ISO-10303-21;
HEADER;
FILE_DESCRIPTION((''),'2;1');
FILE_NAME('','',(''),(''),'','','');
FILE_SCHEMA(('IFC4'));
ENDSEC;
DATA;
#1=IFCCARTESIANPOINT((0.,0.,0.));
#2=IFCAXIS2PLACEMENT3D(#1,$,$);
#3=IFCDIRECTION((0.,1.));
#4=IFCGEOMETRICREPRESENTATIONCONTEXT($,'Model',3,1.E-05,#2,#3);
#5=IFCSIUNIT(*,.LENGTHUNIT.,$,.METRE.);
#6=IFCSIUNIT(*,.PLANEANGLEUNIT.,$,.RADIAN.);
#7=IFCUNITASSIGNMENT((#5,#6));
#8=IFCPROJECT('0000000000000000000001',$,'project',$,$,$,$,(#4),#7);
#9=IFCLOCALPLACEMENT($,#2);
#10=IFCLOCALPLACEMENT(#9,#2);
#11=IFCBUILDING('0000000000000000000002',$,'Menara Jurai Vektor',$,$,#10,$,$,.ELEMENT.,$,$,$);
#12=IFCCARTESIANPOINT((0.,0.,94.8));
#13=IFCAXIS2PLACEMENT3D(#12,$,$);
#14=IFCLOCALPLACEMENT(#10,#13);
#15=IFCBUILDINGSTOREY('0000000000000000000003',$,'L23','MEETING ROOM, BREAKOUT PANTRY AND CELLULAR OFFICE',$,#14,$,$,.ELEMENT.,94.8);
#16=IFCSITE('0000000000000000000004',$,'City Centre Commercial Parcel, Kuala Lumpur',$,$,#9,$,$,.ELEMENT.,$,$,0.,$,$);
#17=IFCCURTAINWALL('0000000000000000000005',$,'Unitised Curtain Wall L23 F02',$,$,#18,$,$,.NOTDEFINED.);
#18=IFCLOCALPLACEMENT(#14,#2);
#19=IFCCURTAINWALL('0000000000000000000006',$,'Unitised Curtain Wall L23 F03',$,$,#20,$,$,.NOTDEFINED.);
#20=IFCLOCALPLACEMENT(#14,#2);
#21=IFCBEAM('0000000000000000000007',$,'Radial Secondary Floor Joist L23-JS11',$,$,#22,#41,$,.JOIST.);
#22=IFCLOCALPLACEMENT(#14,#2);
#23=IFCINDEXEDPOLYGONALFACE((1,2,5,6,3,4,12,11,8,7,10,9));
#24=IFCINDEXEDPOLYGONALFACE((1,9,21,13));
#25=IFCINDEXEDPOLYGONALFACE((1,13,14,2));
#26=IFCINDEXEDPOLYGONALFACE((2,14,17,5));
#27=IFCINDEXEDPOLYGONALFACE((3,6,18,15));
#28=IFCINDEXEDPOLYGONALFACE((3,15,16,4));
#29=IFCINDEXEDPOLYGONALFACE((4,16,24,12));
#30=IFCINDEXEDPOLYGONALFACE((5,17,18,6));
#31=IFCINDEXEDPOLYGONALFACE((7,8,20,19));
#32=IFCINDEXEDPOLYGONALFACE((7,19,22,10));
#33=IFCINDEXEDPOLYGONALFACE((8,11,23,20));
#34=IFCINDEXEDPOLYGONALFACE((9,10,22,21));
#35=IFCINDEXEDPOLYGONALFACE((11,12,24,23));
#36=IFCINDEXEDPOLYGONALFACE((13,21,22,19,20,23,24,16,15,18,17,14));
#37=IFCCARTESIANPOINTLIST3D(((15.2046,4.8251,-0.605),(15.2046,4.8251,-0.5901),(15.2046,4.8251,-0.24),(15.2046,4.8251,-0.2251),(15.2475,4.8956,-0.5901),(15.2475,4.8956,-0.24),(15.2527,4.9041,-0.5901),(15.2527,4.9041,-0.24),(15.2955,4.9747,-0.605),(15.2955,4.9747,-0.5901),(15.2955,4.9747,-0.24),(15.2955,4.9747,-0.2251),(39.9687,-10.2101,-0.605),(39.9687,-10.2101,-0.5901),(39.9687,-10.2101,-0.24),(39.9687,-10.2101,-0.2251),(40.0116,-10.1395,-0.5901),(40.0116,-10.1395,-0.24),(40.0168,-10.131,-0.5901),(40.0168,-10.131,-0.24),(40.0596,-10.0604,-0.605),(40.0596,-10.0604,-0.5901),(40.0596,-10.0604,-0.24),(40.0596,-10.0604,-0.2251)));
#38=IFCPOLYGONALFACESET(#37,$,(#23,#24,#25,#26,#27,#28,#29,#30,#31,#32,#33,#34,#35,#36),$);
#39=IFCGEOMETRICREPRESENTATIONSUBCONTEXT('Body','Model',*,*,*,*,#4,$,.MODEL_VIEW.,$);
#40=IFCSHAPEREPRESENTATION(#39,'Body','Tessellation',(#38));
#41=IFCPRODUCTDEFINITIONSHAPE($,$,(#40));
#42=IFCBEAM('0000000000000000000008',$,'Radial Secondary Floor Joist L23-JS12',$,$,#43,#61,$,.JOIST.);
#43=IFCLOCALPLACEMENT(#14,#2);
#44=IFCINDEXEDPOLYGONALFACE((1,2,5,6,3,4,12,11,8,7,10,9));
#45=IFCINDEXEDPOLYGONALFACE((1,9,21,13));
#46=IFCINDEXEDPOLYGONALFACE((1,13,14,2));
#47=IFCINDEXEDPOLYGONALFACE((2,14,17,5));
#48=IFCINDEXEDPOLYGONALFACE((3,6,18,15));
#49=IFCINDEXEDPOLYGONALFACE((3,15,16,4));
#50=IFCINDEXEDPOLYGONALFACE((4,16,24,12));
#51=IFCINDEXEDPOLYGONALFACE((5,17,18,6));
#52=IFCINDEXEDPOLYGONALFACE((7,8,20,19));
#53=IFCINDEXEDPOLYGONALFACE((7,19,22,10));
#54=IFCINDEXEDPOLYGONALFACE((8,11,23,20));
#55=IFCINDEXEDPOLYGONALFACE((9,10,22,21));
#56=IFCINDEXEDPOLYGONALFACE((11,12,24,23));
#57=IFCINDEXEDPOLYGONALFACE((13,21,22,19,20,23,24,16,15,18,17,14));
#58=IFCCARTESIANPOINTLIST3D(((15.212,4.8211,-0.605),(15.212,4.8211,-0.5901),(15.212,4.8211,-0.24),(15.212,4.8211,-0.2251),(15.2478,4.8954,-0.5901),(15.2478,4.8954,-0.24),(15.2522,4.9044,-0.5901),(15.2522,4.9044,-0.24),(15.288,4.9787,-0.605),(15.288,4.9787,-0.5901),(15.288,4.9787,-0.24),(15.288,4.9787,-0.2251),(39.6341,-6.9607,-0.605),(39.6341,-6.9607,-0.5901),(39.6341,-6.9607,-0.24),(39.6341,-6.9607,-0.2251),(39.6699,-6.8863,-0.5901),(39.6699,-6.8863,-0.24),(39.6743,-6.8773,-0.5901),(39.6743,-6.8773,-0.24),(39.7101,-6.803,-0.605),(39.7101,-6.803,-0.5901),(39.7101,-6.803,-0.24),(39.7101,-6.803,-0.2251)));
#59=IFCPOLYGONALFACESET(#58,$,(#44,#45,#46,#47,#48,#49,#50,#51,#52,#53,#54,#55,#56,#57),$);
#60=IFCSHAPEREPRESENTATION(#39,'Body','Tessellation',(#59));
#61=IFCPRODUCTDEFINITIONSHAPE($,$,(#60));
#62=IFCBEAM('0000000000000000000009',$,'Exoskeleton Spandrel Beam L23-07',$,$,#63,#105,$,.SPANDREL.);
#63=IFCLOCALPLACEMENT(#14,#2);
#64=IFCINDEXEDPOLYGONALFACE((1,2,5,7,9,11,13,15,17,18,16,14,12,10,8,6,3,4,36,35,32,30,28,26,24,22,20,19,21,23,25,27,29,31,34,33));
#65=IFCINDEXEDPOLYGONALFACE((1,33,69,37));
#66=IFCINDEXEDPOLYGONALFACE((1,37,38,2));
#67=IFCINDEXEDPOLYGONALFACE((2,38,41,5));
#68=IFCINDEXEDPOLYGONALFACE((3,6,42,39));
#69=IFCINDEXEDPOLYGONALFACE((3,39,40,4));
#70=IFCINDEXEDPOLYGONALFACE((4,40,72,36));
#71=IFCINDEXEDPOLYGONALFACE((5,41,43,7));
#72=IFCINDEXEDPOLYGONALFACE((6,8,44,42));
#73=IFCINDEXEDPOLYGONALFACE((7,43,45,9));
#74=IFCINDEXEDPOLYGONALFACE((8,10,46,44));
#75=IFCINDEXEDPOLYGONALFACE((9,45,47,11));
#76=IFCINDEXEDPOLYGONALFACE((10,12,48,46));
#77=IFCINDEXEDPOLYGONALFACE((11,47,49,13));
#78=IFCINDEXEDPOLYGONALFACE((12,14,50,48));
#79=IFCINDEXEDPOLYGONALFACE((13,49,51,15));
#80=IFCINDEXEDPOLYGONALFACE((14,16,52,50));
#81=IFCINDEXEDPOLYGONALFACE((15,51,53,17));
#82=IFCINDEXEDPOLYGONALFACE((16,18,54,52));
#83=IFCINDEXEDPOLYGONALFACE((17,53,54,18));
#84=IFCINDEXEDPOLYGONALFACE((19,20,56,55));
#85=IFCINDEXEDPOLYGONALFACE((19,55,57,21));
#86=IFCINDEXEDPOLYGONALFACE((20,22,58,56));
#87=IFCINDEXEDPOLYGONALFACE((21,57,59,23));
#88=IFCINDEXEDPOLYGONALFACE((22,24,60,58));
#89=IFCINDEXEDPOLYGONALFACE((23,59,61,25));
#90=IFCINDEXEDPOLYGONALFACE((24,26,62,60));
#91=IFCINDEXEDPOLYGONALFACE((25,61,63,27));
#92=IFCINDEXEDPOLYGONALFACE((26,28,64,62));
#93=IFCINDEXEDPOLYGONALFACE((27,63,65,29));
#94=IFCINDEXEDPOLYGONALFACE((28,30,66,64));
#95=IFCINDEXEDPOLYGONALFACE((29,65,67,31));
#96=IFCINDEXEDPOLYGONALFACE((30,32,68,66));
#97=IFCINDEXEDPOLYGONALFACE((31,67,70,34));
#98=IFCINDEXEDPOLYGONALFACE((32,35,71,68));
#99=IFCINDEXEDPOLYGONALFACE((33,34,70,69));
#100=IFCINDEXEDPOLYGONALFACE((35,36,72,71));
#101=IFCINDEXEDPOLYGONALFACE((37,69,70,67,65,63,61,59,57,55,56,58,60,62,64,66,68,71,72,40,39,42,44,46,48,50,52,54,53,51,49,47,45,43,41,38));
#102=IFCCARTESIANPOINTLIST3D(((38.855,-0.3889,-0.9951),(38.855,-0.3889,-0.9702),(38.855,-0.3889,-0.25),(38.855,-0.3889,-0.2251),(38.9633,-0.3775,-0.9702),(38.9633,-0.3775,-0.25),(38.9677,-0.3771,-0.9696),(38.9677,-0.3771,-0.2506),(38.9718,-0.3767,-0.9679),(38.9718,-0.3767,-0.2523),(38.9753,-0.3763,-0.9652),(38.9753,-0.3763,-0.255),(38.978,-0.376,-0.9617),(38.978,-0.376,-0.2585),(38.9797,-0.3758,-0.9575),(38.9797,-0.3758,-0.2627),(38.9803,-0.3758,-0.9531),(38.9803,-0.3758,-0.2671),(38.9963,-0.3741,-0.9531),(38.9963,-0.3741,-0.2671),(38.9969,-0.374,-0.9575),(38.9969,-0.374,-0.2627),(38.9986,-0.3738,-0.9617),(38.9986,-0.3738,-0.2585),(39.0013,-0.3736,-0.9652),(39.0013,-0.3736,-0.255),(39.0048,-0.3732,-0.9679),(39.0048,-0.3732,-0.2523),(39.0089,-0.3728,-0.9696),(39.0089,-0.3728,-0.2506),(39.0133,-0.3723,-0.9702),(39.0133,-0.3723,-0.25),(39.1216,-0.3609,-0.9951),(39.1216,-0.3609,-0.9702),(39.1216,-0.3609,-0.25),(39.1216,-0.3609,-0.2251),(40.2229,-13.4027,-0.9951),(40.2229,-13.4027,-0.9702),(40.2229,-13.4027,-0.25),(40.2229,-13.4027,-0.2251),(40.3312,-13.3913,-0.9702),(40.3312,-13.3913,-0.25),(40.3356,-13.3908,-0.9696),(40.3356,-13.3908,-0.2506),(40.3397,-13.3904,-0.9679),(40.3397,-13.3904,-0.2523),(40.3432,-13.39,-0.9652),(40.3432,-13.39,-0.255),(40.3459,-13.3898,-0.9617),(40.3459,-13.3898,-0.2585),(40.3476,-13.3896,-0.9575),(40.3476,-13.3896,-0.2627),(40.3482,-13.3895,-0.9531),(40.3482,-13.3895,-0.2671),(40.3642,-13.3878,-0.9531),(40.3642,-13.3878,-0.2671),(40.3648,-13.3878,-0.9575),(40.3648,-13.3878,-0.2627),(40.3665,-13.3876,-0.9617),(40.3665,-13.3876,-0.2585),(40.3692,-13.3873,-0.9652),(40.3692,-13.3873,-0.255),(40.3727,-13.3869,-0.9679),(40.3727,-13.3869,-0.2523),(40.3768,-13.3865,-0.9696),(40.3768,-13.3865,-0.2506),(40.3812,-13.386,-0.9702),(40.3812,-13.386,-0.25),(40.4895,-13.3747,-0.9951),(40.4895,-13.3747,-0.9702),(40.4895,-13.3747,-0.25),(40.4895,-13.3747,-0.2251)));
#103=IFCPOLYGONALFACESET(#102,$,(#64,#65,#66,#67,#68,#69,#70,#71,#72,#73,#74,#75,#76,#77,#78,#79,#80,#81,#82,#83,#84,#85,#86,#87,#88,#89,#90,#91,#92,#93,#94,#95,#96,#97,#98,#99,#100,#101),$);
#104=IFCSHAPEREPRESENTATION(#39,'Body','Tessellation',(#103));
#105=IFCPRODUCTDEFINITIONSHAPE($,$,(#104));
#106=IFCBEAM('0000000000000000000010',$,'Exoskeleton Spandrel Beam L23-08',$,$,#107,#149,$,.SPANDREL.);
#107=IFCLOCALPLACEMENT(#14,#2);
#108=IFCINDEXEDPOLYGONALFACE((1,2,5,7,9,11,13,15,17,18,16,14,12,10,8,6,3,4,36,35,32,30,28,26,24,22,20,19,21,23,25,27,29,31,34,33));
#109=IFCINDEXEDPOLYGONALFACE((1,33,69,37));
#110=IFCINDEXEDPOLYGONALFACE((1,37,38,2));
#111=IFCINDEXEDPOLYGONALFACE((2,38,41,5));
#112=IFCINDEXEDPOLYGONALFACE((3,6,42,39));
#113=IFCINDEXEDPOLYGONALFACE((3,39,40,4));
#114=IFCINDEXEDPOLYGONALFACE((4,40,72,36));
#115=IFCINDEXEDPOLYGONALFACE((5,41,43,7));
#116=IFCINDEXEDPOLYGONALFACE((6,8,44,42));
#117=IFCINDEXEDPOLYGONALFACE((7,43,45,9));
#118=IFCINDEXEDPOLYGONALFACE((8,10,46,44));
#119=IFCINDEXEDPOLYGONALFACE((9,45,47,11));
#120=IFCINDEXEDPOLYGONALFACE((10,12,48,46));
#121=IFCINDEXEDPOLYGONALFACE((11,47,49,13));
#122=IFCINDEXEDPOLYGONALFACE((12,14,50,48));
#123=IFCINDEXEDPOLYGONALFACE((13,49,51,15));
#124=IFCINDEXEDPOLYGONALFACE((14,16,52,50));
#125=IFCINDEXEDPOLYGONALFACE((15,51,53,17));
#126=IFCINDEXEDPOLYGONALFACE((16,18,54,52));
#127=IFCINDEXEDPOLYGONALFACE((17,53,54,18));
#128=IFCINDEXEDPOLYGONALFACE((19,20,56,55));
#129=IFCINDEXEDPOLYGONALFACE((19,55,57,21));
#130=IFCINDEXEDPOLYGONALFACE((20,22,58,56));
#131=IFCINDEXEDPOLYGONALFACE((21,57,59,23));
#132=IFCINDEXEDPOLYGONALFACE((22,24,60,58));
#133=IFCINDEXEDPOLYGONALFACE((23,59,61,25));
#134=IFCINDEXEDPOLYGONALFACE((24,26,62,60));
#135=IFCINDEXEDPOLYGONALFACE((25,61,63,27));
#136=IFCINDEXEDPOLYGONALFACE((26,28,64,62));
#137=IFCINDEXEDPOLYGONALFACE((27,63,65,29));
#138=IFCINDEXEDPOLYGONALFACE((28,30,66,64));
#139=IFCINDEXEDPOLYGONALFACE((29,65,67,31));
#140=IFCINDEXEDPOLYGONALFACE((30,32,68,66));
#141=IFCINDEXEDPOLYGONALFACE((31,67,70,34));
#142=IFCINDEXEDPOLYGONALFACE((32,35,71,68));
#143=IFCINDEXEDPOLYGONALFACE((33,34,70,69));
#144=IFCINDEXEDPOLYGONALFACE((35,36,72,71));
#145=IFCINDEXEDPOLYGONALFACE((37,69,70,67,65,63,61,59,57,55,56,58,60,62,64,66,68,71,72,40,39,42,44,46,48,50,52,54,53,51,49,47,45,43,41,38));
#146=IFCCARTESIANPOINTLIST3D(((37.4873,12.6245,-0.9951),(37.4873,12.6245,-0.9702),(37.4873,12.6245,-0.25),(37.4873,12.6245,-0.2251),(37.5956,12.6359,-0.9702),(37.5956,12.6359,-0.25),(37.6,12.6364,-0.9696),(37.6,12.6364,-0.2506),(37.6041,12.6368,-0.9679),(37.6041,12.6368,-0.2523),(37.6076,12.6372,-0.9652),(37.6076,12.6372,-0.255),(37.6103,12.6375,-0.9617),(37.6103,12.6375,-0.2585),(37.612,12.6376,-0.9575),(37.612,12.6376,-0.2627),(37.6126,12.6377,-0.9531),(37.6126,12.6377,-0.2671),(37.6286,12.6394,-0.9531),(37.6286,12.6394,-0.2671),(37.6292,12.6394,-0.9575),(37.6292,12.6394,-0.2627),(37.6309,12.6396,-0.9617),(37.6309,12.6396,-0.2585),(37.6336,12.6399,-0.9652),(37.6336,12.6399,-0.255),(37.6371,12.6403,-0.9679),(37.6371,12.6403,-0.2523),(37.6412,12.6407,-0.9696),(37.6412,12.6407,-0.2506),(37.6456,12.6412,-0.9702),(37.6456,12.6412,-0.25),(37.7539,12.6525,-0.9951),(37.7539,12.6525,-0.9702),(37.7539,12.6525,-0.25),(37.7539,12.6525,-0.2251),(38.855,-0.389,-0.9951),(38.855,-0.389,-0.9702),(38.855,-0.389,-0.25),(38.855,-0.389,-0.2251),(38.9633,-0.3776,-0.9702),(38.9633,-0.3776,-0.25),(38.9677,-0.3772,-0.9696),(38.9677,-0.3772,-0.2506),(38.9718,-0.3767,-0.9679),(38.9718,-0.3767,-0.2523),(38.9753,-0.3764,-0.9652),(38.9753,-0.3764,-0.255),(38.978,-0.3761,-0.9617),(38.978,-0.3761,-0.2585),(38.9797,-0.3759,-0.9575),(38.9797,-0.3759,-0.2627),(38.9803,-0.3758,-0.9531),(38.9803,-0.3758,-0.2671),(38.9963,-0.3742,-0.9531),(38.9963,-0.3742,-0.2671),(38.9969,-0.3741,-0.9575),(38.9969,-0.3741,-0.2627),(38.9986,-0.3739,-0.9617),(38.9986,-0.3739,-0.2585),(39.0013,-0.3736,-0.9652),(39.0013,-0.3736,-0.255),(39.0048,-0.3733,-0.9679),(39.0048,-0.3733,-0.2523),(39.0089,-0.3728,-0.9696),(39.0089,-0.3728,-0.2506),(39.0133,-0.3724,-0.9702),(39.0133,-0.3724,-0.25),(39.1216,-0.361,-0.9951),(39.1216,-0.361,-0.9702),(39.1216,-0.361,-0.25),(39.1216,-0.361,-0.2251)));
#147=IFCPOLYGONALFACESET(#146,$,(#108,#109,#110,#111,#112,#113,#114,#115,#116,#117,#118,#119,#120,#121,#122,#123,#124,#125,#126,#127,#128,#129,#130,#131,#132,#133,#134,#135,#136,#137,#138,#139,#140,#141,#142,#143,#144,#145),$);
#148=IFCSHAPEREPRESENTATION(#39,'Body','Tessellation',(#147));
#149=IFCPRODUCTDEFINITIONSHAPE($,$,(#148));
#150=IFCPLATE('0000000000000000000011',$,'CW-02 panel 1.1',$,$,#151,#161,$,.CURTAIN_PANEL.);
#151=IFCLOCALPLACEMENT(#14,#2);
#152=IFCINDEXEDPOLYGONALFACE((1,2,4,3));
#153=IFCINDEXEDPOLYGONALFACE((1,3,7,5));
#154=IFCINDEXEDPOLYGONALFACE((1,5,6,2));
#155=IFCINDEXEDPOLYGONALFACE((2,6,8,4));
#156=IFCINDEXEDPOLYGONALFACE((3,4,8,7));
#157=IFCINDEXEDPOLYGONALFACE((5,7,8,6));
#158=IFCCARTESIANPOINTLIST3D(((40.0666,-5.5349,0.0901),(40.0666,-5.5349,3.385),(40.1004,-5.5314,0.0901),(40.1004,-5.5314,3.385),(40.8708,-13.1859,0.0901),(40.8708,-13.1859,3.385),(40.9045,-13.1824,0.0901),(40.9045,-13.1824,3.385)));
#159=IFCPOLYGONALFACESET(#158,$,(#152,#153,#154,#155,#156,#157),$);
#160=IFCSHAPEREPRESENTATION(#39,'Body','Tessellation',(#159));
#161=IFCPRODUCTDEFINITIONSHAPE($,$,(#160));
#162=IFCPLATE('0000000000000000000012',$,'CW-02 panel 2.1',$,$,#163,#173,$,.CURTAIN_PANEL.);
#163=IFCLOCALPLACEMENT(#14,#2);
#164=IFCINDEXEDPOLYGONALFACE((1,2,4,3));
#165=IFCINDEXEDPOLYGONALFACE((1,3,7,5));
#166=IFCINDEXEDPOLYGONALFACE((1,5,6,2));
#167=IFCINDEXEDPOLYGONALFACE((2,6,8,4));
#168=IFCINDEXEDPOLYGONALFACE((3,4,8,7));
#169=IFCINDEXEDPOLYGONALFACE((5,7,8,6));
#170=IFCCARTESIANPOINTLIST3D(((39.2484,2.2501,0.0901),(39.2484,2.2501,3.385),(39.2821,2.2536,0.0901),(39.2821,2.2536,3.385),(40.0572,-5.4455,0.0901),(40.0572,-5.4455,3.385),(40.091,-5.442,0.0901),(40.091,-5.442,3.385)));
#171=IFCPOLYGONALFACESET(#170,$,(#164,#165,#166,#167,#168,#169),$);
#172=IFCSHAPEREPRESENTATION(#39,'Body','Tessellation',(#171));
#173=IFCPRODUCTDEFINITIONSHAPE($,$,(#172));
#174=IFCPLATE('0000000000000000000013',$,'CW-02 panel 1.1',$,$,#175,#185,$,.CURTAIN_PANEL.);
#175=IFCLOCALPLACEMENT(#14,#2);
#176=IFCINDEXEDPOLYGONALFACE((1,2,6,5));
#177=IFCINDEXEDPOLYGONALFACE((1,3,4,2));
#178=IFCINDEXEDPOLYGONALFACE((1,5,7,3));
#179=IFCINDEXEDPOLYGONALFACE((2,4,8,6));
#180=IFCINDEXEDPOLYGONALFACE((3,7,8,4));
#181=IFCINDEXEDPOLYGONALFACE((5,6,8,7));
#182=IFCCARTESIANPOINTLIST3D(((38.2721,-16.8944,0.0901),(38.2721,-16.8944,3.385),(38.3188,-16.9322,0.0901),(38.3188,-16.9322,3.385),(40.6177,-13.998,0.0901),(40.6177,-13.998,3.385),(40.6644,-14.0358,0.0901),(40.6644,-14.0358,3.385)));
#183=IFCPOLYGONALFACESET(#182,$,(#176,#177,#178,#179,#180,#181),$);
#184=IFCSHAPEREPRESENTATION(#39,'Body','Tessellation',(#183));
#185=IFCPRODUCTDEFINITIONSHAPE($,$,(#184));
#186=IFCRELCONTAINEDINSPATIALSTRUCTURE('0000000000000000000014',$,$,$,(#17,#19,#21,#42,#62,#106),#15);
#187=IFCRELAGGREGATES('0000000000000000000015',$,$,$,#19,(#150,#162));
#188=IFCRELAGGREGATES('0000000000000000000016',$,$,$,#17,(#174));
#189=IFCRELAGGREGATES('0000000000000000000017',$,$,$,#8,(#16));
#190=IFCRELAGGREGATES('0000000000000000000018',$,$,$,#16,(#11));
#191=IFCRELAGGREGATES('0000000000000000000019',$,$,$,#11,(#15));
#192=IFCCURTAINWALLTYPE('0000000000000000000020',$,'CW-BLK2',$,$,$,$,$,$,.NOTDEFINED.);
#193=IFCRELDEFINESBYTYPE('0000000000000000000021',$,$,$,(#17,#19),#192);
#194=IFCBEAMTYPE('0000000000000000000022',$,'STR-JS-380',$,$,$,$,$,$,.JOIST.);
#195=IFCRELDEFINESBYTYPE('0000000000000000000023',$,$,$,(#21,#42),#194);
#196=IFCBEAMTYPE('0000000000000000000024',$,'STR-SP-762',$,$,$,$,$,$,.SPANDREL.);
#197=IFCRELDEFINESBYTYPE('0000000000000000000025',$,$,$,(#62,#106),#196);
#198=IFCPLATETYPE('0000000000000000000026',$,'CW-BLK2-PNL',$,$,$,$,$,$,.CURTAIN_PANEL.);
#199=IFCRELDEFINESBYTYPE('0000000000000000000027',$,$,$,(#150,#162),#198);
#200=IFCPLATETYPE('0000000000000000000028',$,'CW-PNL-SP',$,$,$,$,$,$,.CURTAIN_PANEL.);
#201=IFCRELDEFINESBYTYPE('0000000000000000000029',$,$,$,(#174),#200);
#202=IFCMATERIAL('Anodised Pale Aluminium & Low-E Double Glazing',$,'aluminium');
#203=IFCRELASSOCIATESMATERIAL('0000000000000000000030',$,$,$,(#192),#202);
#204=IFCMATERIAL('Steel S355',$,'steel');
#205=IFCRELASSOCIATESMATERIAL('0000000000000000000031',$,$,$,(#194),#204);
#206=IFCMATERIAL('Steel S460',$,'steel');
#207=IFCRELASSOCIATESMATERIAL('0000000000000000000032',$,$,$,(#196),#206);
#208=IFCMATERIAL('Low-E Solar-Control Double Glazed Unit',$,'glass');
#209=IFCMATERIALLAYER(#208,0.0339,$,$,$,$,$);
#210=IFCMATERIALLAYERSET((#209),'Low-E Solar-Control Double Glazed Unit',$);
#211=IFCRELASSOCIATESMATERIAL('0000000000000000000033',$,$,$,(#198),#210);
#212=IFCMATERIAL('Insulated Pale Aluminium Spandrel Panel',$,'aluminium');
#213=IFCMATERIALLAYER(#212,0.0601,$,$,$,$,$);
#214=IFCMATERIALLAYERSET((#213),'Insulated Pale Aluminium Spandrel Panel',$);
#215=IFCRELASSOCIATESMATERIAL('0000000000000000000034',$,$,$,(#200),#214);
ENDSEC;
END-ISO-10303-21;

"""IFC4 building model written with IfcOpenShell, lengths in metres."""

from ifc_helpers import new_model, si_unit, direction, frame, origin, origin_2d, place, context, subcontext, project, spatial, rectangle, i_section, extrude, material, layer, layer_set, material_profile, profile_set, type_object, element, aggregate, save


model = new_model("IFC4")

# Units and contexts
model_context = context("Model", 3, precision=1e-05, world=origin(), true_north=direction((0.0, 1.0)))
body_context = subcontext(model_context, "Body", "Model", "MODEL_VIEW")
ifc_project = project(units=[si_unit("LENGTHUNIT", "METRE"), si_unit("PLANEANGLEUNIT", "RADIAN")], contexts=[model_context])

# Site, building, storey
site_placement = place(None, origin())
site = spatial("IfcSite", under=ifc_project, at=site_placement, Name="City Centre Commercial Parcel, Kuala Lumpur", CompositionType="ELEMENT", RefElevation=0.0)
building_placement = place(site_placement, origin())
building = spatial("IfcBuilding", under=site, at=building_placement, Name="Menara Jurai Vektor", CompositionType="ELEMENT")
storey_placement = place(building_placement, frame((0.0, 0.0, 94.8)))
storey = spatial("IfcBuildingStorey", under=building, at=storey_placement, Name="L23", Description="MEETING ROOM, BREAKOUT PANTRY AND CELLULAR OFFICE", CompositionType="ELEMENT", Elevation=94.8)

# Shared definitions
ifc_material_1 = material(Name="Steel S460", Category="steel")

# Curtain walls
ifc_material_2 = material(Name="Anodised Pale Aluminium & Low-E Double Glazing", Category="aluminium")
curtain_wall_type = type_object("IfcCurtainWallType", Name="CW-BLK2", PredefinedType="NOTDEFINED", material=ifc_material_2)
curtain_wall_1_placement = place(storey_placement, origin())
curtain_wall_1 = element("IfcCurtainWall", 1, at=curtain_wall_1_placement, inside=storey, type_object=curtain_wall_type, Name="Unitised Curtain Wall L23 F02", PredefinedType="NOTDEFINED")
curtain_wall_2_placement = place(storey_placement, origin())
curtain_wall_2 = element("IfcCurtainWall", 2, at=curtain_wall_2_placement, inside=storey, type_object=curtain_wall_type, Name="Unitised Curtain Wall L23 F03", PredefinedType="NOTDEFINED")

# Shared definitions
ifc_material_3 = material(Name="Steel S355", Category="steel")

# Beams
ifc_material_profile_1 = material_profile(ifc_material_3, i_section(OverallWidth=0.175, OverallDepth=0.3799, WebThickness=0.01, FlangeThickness=0.0149, at=origin_2d()), Name="PG 380x175x58")
ifc_profile_set_1 = profile_set([ifc_material_profile_1], Name="Steel S355")
beam_type_1 = type_object("IfcBeamType", Name="STR-JS-380", PredefinedType="JOIST", material=ifc_profile_set_1)
beam_1_placement = place(storey_placement, frame((40.0142, -10.1353, -0.415), z_axis=(-0.854791, 0.518972, 0.0), x_axis=(-0.518972, -0.854791, 0.0)))
element("IfcBeam", 3, at=beam_1_placement, inside=storey, type_object=beam_type_1, Name="Radial Secondary Floor Joist L23-JS11", PredefinedType="JOIST", context=body_context, shape_type="SweptSolid", body=[
    extrude(i_section(OverallWidth=0.175, OverallDepth=0.3799, WebThickness=0.01, FlangeThickness=0.0149, at=origin_2d()), origin(), (0.0, 0.0, 1.0), 28.9709),
])
beam_2_placement = place(storey_placement, frame((39.6721, -6.8818, -0.415), z_axis=(-0.900671, 0.434502, 0.0), x_axis=(-0.434502, -0.900671, 0.0)))
element("IfcBeam", 4, at=beam_2_placement, inside=storey, type_object=beam_type_1, Name="Radial Secondary Floor Joist L23-JS12", PredefinedType="JOIST", context=body_context, shape_type="SweptSolid", body=[
    extrude(i_section(OverallWidth=0.175, OverallDepth=0.3799, WebThickness=0.01, FlangeThickness=0.0149, at=origin_2d()), origin(), (0.0, 0.0, 1.0), 27.1155),
])
ifc_material_profile_2 = material_profile(ifc_material_1, i_section(OverallWidth=0.2681, OverallDepth=0.77, WebThickness=0.0161, FlangeThickness=0.0249, FilletRadius=0.0171, at=origin_2d()), Name="UKB 762x267x197")
ifc_profile_set_2 = profile_set([ifc_material_profile_2], Name="Steel S460")
beam_type_2 = type_object("IfcBeamType", Name="STR-SP-762", PredefinedType="SPANDREL", material=ifc_profile_set_2)
beam_3_placement = place(storey_placement, frame((40.3562, -13.3887, -0.6101), z_axis=(-0.104538, 0.994521, 0.0), x_axis=(-0.994521, -0.104538, 0.0)))
element("IfcBeam", 5, at=beam_3_placement, inside=storey, type_object=beam_type_2, Name="Exoskeleton Spandrel Beam L23-07", PredefinedType="SPANDREL", context=body_context, shape_type="SweptSolid", body=[
    extrude(i_section(OverallWidth=0.2681, OverallDepth=0.77, WebThickness=0.0161, FlangeThickness=0.0249, FilletRadius=0.0171, at=origin_2d()), origin(), (0.0, 0.0, 1.0), 13.0854),
])
beam_4_placement = place(storey_placement, frame((38.9883, -0.375, -0.6101), z_axis=(-0.104522, 0.994523, 0.0), x_axis=(-0.994523, -0.104522, 0.0)))
element("IfcBeam", 6, at=beam_4_placement, inside=storey, type_object=beam_type_2, Name="Exoskeleton Spandrel Beam L23-08", PredefinedType="SPANDREL", context=body_context, shape_type="SweptSolid", body=[
    extrude(i_section(OverallWidth=0.2681, OverallDepth=0.77, WebThickness=0.0161, FlangeThickness=0.0249, FilletRadius=0.0171, at=origin_2d()), origin(), (0.0, 0.0, 1.0), 13.0852),
])

# Plates
ifc_material_4 = material(Name="Low-E Solar-Control Double Glazed Unit", Category="glass")
ifc_layer_1 = layer(ifc_material_4, 0.0339)
ifc_layer_set_1 = layer_set([ifc_layer_1], Name="Low-E Solar-Control Double Glazed Unit")
plate_type_1 = type_object("IfcPlateType", Name="CW-BLK2-PNL", PredefinedType="CURTAIN_PANEL", material=ifc_layer_set_1)
plate_1_placement = place(storey_placement, frame((40.4856, -9.3586, 0.0901), z_axis=(0.0, 0.0, 1.0), x_axis=(-0.10453, 0.994522, 0.0)))
plate_1 = element("IfcPlate", 7, at=plate_1_placement, type_object=plate_type_1, Name="CW-02 panel 1.1", PredefinedType="CURTAIN_PANEL", context=body_context, shape_type="SweptSolid", body=[
    extrude(rectangle(XDim=7.6931, YDim=0.0339, at=origin_2d()), origin(), (0.0, 0.0, 1.0), 3.2949),
])
plate_2_placement = place(storey_placement, frame((39.6697, -1.5959, 0.0901), z_axis=(0.0, 0.0, 1.0), x_axis=(-0.10453, 0.994522, 0.0)))
plate_2 = element("IfcPlate", 8, at=plate_2_placement, type_object=plate_type_1, Name="CW-02 panel 2.1", PredefinedType="CURTAIN_PANEL", context=body_context, shape_type="SweptSolid", body=[
    extrude(rectangle(XDim=7.738, YDim=0.0339, at=origin_2d()), origin(), (0.0, 0.0, 1.0), 3.2949),
])
aggregate(curtain_wall_2, [plate_1, plate_2])
ifc_material_5 = material(Name="Insulated Pale Aluminium Spandrel Panel", Category="aluminium")
ifc_layer_2 = layer(ifc_material_5, 0.0601)
ifc_layer_set_2 = layer_set([ifc_layer_2], Name="Insulated Pale Aluminium Spandrel Panel")
plate_type_2 = type_object("IfcPlateType", Name="CW-PNL-SP", PredefinedType="CURTAIN_PANEL", material=ifc_layer_set_2)
plate_3_placement = place(storey_placement, frame((39.4683, -15.4651, 0.0901), z_axis=(0.0, 0.0, 1.0), x_axis=(0.629341, 0.777129, 0.0)))
plate_3 = element("IfcPlate", 9, at=plate_3_placement, type_object=plate_type_2, Name="CW-02 panel 1.1", PredefinedType="CURTAIN_PANEL", context=body_context, shape_type="SweptSolid", body=[
    extrude(rectangle(XDim=3.7271, YDim=0.0601, at=origin_2d()), origin(), (0.0, 0.0, 1.0), 3.2949),
])
aggregate(curtain_wall_1, [plate_3])

save(model, "model.ifc")
